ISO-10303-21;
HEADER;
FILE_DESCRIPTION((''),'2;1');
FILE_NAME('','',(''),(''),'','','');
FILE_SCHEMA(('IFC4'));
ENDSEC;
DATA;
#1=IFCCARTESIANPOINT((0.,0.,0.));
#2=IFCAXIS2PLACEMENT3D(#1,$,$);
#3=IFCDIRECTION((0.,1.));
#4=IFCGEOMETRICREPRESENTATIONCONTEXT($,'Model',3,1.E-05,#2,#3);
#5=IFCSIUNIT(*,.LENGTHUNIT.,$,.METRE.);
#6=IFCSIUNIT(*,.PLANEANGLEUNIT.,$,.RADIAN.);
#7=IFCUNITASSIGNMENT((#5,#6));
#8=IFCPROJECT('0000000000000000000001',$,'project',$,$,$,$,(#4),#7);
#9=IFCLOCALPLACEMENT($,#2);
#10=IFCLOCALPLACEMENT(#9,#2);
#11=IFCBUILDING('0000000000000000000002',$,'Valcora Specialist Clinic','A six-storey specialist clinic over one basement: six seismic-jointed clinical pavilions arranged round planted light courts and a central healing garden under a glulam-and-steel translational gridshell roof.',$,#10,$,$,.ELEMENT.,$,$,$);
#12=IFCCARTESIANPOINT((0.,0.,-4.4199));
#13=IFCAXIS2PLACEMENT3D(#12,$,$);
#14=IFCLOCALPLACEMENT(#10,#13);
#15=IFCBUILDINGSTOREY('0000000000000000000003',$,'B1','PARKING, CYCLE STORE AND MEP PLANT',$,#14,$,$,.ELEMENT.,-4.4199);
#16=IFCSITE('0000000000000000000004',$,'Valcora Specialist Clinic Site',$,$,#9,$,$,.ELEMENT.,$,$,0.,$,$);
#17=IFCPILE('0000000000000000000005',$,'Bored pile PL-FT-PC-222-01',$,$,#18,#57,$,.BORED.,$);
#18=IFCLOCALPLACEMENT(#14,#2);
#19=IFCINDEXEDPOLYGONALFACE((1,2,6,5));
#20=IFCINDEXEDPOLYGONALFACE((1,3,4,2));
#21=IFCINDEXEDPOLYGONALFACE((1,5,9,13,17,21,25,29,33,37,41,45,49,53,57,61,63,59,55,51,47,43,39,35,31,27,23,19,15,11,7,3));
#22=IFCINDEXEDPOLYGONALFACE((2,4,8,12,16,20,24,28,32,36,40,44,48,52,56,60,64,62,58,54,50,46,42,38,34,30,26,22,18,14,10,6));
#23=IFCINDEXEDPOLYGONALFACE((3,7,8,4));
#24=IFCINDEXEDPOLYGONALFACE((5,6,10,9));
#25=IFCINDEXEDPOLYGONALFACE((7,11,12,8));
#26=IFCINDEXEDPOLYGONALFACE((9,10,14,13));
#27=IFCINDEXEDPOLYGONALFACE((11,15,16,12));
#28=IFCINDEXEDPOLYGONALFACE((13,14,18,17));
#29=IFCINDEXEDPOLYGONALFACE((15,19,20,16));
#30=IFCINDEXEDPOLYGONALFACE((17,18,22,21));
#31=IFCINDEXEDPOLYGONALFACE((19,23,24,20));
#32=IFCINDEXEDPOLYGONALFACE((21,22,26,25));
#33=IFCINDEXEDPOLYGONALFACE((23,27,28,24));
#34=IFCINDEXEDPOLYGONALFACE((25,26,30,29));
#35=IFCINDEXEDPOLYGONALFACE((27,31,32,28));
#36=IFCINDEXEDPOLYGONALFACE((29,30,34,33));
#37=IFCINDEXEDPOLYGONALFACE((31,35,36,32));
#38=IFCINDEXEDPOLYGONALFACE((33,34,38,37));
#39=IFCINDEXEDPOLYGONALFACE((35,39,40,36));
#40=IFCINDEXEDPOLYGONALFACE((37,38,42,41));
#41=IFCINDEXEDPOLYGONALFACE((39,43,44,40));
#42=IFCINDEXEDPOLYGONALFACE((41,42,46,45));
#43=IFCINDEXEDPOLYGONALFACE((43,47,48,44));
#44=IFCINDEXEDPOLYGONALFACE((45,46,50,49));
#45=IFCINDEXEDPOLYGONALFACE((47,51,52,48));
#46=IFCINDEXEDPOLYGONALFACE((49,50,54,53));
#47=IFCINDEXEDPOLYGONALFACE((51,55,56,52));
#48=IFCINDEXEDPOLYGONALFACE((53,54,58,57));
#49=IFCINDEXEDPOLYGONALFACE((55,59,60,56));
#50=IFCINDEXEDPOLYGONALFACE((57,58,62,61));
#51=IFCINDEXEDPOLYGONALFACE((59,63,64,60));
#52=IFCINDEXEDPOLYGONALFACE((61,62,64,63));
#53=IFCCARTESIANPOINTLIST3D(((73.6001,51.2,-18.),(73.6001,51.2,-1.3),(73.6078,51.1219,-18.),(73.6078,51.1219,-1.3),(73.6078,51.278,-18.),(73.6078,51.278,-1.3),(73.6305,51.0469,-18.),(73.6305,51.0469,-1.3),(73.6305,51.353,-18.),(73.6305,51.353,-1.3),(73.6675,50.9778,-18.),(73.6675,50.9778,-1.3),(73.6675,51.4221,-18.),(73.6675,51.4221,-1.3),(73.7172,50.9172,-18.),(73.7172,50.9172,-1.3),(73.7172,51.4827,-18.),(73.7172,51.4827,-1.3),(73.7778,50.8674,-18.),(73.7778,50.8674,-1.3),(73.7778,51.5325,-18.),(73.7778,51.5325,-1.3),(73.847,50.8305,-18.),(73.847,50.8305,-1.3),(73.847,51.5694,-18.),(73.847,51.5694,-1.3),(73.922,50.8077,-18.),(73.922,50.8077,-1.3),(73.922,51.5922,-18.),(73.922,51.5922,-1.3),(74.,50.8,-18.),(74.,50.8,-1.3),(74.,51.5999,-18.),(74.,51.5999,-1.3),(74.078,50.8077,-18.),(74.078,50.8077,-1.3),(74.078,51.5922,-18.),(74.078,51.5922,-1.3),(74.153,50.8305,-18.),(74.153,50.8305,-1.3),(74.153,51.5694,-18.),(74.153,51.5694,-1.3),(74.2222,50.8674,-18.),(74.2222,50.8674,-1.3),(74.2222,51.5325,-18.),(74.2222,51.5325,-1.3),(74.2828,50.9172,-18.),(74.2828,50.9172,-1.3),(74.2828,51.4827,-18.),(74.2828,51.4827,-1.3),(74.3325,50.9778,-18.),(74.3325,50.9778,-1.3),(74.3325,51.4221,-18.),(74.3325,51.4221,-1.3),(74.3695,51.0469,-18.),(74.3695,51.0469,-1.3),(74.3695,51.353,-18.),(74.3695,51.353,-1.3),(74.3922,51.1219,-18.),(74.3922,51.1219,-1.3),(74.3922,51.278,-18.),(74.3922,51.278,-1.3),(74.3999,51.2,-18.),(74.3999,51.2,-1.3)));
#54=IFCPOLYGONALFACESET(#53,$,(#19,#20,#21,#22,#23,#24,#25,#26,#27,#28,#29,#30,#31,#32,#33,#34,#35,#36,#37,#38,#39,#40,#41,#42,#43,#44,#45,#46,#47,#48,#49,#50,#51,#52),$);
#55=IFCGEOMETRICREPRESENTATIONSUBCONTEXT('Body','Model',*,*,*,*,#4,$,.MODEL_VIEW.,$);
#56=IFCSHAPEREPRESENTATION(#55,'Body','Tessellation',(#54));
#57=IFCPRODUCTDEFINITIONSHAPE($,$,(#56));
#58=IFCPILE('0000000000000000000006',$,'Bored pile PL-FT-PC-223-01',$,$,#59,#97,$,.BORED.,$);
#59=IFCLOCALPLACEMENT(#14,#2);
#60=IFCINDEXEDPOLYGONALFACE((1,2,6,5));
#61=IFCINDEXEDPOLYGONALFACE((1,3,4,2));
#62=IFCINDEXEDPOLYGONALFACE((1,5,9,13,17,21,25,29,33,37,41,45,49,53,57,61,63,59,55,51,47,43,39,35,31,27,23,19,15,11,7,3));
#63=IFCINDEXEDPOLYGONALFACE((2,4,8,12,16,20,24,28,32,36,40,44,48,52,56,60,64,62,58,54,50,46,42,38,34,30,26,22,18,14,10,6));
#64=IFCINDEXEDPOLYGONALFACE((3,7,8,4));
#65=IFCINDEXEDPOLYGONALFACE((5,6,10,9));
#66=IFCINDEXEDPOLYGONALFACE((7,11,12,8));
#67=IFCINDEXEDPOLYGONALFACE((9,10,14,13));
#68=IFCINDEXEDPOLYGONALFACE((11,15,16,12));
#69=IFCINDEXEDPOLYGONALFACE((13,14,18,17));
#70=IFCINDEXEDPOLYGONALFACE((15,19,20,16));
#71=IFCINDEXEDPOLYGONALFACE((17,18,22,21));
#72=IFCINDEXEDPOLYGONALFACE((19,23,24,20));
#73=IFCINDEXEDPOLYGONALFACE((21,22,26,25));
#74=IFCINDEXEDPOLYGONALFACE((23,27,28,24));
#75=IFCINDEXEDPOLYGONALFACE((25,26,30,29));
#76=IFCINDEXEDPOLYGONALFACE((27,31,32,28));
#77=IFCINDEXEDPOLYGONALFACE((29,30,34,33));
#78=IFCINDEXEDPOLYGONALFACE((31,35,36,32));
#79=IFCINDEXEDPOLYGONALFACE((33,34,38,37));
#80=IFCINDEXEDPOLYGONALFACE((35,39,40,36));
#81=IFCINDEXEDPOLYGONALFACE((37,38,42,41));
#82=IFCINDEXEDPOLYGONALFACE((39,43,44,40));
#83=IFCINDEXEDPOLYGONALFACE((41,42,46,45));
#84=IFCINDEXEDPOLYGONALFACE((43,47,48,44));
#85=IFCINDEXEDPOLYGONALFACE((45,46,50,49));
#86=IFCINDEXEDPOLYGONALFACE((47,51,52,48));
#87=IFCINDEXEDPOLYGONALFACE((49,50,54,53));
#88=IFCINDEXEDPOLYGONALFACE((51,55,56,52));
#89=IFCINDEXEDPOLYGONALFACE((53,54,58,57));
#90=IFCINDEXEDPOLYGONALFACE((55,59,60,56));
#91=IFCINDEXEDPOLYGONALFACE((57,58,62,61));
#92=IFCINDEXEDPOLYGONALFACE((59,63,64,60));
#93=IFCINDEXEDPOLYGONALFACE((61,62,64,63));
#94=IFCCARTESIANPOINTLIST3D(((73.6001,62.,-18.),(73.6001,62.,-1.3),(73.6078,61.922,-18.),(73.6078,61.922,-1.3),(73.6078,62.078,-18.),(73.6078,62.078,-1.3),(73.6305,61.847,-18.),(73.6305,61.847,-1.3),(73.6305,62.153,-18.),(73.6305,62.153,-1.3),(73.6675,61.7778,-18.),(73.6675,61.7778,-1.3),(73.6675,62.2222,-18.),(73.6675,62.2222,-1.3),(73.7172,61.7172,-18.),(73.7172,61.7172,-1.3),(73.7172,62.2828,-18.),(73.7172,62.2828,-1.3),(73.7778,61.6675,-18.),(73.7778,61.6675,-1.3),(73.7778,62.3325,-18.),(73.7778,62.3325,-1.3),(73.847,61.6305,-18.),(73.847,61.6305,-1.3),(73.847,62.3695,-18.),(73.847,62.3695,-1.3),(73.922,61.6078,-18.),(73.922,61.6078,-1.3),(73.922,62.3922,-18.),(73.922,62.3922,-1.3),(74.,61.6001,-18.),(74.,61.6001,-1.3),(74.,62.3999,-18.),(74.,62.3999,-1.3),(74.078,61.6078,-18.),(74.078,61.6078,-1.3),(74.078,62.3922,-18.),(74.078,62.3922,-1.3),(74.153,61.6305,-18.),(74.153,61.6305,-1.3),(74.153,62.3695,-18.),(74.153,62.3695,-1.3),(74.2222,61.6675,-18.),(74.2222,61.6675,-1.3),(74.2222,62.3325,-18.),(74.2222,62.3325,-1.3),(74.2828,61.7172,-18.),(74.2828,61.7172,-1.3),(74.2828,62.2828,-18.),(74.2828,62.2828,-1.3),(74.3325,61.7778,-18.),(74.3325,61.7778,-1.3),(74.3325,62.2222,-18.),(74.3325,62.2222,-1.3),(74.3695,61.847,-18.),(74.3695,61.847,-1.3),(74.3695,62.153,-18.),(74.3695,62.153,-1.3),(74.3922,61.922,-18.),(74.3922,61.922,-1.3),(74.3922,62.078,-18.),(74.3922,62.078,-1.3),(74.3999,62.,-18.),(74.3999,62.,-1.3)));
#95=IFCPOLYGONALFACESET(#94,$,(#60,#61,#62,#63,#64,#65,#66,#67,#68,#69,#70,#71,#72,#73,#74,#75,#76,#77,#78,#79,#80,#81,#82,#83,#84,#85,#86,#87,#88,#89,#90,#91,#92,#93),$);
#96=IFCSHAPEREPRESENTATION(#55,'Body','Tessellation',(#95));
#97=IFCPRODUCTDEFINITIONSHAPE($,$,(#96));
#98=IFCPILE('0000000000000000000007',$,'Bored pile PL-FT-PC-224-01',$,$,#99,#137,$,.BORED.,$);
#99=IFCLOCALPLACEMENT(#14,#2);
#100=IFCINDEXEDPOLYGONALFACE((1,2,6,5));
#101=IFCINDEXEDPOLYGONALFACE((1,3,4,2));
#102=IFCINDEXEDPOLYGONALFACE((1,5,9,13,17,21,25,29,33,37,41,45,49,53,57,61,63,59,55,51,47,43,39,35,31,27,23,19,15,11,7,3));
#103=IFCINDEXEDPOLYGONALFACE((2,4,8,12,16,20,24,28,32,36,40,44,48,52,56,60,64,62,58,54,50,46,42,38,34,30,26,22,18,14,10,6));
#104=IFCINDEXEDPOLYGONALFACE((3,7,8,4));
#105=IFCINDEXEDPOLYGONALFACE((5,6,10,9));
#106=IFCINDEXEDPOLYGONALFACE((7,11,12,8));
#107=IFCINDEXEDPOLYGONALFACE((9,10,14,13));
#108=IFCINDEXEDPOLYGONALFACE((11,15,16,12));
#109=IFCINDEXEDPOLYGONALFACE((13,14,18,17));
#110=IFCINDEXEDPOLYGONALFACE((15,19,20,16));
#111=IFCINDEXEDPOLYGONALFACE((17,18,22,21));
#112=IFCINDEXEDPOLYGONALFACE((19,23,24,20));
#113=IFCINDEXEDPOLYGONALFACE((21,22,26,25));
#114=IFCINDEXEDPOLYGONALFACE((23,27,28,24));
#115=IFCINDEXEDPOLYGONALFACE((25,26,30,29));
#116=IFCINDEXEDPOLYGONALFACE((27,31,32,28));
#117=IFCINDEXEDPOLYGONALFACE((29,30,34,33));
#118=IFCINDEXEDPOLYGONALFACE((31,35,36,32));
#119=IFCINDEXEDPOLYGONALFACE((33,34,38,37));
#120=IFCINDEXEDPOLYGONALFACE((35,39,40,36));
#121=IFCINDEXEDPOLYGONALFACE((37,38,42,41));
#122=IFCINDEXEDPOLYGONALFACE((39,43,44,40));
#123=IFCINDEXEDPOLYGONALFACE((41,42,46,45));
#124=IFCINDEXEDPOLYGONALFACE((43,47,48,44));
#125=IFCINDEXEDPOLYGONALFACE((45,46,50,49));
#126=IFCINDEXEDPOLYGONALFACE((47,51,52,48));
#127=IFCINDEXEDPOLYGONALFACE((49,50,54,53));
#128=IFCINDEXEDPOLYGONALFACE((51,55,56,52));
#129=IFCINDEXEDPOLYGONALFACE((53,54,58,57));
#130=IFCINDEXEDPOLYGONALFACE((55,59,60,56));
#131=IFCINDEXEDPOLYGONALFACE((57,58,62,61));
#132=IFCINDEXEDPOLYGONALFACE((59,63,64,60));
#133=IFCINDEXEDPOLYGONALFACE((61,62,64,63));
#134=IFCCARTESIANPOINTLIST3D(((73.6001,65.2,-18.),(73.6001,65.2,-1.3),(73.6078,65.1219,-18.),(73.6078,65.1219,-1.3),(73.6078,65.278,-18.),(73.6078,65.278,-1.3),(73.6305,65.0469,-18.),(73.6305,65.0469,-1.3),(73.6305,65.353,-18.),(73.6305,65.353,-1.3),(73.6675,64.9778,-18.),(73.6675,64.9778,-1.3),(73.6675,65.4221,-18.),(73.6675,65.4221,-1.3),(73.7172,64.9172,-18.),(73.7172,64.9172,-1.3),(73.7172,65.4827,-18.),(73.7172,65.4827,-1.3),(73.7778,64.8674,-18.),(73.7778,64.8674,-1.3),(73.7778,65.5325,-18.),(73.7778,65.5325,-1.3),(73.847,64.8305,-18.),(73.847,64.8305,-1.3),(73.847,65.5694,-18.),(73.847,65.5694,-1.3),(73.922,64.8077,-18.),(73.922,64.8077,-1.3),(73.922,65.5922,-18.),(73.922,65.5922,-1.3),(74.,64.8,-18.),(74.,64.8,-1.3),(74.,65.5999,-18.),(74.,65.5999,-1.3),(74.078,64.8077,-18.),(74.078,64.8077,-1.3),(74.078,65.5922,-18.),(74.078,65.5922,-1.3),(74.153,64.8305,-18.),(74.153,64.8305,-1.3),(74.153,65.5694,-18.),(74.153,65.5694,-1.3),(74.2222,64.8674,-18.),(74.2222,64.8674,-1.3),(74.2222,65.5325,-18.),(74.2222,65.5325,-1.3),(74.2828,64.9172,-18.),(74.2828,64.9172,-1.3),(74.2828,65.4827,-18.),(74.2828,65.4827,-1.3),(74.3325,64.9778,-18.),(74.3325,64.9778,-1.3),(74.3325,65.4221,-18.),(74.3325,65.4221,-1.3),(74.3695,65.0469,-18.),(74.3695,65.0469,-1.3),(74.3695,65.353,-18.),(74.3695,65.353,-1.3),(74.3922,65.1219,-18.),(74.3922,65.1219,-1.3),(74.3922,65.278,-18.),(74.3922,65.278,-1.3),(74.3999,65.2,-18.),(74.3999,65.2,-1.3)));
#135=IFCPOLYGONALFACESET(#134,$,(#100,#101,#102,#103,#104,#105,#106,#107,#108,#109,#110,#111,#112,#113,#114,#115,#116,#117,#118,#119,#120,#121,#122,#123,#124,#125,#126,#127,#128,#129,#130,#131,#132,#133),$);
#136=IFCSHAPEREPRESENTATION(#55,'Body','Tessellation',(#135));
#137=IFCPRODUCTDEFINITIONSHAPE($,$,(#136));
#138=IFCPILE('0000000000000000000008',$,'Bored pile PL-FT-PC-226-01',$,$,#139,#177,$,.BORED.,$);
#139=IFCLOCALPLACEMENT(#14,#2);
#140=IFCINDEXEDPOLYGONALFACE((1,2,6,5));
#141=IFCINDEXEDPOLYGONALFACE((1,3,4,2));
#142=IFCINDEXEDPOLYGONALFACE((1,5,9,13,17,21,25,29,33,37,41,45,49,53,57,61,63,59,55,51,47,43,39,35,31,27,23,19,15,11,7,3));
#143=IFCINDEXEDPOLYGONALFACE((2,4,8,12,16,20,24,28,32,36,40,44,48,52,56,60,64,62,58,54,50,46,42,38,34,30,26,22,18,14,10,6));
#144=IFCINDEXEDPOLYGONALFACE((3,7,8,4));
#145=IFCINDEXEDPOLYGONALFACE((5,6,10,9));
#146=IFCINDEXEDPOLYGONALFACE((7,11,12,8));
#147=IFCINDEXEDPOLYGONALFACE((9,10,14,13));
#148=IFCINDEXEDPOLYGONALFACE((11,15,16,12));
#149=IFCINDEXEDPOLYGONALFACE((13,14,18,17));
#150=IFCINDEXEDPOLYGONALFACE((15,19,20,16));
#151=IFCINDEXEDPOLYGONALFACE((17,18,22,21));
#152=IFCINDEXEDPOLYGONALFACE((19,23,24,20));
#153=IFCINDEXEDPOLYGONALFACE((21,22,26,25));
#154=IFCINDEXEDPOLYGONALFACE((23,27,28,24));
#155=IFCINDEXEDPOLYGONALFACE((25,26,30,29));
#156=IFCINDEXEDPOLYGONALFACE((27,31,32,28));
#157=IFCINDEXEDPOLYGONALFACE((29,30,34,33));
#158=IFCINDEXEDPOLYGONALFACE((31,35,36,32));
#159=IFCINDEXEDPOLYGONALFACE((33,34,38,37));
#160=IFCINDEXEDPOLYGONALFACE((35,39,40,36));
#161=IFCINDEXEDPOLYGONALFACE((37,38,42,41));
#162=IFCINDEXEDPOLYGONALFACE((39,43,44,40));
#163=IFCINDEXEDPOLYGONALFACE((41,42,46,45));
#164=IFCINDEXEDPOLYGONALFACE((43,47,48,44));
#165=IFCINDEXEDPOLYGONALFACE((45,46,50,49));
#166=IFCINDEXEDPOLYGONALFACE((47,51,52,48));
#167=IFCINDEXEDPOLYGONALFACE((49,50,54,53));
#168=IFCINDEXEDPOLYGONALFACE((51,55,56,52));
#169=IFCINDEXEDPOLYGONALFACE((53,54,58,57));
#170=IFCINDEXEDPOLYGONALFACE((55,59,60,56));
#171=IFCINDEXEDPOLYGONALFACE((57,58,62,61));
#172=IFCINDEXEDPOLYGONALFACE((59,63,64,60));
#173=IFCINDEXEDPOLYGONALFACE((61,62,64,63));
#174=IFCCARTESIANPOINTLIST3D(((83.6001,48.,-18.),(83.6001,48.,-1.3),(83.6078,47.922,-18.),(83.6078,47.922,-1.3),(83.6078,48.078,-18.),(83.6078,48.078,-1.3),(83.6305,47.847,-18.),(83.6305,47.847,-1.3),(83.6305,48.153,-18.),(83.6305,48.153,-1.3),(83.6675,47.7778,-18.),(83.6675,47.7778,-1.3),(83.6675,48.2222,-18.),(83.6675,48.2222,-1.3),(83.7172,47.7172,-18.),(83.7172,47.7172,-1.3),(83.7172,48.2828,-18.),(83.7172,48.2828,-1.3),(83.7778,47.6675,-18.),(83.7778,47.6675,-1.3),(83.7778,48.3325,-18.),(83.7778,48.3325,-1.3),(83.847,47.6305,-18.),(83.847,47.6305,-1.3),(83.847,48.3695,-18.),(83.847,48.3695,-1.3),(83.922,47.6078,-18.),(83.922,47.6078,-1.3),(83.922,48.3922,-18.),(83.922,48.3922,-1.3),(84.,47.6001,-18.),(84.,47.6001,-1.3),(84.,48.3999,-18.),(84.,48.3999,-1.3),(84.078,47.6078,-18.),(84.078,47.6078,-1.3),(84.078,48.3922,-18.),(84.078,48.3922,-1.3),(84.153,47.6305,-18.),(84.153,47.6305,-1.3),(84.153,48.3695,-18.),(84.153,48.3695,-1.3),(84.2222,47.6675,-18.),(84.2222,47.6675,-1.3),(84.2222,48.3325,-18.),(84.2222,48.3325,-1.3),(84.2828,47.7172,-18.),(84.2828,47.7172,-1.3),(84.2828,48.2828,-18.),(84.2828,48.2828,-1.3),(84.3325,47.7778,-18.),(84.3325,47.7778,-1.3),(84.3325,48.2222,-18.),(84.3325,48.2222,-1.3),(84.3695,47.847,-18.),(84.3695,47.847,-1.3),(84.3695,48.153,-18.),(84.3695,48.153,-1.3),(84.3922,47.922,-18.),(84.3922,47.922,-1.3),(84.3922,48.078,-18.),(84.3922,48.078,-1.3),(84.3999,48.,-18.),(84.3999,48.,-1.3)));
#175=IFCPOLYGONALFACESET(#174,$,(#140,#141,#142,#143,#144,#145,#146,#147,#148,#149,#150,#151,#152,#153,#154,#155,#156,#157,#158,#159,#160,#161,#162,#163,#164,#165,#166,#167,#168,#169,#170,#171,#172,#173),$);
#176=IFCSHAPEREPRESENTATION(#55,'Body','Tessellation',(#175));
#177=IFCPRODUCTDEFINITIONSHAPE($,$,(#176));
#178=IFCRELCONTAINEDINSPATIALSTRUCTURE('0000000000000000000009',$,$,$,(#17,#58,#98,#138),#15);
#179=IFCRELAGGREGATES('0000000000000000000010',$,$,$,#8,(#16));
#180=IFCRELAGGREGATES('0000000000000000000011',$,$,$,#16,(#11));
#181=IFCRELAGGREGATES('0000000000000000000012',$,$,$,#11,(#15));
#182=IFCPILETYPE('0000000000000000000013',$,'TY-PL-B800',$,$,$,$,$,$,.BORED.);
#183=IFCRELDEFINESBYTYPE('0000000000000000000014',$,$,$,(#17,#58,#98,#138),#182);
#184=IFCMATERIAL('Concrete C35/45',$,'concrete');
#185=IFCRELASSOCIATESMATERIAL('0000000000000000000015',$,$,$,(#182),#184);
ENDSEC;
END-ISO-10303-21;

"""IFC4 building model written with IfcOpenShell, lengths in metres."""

from ifc_helpers import new_model, si_unit, direction, frame, origin, origin_2d, place, context, subcontext, project, spatial, circle, extrude, material, material_profile, profile_set, type_object, element, save


model = new_model("IFC4")

# Units and contexts
model_context = context("Model", 3, precision=1e-05, world=origin(), true_north=direction((0.0, 1.0)))
body_context = subcontext(model_context, "Body", "Model", "MODEL_VIEW")
ifc_project = project(units=[si_unit("LENGTHUNIT", "METRE"), si_unit("PLANEANGLEUNIT", "RADIAN")], contexts=[model_context])

# Site, building, storey
site_placement = place(None, origin())
site = spatial("IfcSite", under=ifc_project, at=site_placement, Name="Valcora Specialist Clinic Site", CompositionType="ELEMENT", RefElevation=0.0)
building_placement = place(site_placement, origin())
building = spatial("IfcBuilding", under=site, at=building_placement, Name="Valcora Specialist Clinic", Description="A six-storey specialist clinic over one basement: six seismic-jointed clinical pavilions arranged round planted light courts and a central healing garden under a glulam-and-steel translational gridshell roof.", CompositionType="ELEMENT")
storey_placement = place(building_placement, frame((0.0, 0.0, -4.4199)))
storey = spatial("IfcBuildingStorey", under=building, at=storey_placement, Name="B1", Description="PARKING, CYCLE STORE AND MEP PLANT", CompositionType="ELEMENT", Elevation=-4.4199)

# Shared definitions
ifc_material_1 = material(Name="Concrete C35/45", Category="concrete")

# Piles
ifc_material_profile_1 = material_profile(ifc_material_1, circle(Radius=0.3999, at=origin_2d()), Name="RC-PIL-D800")
ifc_profile_set_1 = profile_set([ifc_material_profile_1], Name="Concrete C35/45")
pile_type_1 = type_object("IfcPileType", Name="TY-PL-B800", PredefinedType="BORED", material=ifc_profile_set_1)
for number, where, z_axis, x_axis, name in (
    (1, (74.0, 51.2, -1.3), (0.0, 0.0, -1.0), (1.0, 0.0, 0.0), "Bored pile PL-FT-PC-222-01"),
    (2, (74.0, 62.0, -1.3), (0.0, 0.0, -1.0), (1.0, 0.0, 0.0), "Bored pile PL-FT-PC-223-01"),
    (3, (74.0, 65.2, -1.3), (0.0, 0.0, -1.0), (1.0, 0.0, 0.0), "Bored pile PL-FT-PC-224-01"),
    (4, (84.0, 48.0, -1.3), (0.0, 0.0, -1.0), (1.0, 0.0, 0.0), "Bored pile PL-FT-PC-226-01"),
):
    element("IfcPile", number, at=place(storey_placement, frame(where, z_axis=z_axis, x_axis=x_axis)), inside=storey, type_object=pile_type_1, Name=name, PredefinedType="BORED", context=body_context, shape_type="SweptSolid", body=[
        extrude(circle(Radius=0.3999, at=origin_2d()), origin(), (0.0, 0.0, 1.0), 16.7),
    ])

save(model, "model.ifc")
